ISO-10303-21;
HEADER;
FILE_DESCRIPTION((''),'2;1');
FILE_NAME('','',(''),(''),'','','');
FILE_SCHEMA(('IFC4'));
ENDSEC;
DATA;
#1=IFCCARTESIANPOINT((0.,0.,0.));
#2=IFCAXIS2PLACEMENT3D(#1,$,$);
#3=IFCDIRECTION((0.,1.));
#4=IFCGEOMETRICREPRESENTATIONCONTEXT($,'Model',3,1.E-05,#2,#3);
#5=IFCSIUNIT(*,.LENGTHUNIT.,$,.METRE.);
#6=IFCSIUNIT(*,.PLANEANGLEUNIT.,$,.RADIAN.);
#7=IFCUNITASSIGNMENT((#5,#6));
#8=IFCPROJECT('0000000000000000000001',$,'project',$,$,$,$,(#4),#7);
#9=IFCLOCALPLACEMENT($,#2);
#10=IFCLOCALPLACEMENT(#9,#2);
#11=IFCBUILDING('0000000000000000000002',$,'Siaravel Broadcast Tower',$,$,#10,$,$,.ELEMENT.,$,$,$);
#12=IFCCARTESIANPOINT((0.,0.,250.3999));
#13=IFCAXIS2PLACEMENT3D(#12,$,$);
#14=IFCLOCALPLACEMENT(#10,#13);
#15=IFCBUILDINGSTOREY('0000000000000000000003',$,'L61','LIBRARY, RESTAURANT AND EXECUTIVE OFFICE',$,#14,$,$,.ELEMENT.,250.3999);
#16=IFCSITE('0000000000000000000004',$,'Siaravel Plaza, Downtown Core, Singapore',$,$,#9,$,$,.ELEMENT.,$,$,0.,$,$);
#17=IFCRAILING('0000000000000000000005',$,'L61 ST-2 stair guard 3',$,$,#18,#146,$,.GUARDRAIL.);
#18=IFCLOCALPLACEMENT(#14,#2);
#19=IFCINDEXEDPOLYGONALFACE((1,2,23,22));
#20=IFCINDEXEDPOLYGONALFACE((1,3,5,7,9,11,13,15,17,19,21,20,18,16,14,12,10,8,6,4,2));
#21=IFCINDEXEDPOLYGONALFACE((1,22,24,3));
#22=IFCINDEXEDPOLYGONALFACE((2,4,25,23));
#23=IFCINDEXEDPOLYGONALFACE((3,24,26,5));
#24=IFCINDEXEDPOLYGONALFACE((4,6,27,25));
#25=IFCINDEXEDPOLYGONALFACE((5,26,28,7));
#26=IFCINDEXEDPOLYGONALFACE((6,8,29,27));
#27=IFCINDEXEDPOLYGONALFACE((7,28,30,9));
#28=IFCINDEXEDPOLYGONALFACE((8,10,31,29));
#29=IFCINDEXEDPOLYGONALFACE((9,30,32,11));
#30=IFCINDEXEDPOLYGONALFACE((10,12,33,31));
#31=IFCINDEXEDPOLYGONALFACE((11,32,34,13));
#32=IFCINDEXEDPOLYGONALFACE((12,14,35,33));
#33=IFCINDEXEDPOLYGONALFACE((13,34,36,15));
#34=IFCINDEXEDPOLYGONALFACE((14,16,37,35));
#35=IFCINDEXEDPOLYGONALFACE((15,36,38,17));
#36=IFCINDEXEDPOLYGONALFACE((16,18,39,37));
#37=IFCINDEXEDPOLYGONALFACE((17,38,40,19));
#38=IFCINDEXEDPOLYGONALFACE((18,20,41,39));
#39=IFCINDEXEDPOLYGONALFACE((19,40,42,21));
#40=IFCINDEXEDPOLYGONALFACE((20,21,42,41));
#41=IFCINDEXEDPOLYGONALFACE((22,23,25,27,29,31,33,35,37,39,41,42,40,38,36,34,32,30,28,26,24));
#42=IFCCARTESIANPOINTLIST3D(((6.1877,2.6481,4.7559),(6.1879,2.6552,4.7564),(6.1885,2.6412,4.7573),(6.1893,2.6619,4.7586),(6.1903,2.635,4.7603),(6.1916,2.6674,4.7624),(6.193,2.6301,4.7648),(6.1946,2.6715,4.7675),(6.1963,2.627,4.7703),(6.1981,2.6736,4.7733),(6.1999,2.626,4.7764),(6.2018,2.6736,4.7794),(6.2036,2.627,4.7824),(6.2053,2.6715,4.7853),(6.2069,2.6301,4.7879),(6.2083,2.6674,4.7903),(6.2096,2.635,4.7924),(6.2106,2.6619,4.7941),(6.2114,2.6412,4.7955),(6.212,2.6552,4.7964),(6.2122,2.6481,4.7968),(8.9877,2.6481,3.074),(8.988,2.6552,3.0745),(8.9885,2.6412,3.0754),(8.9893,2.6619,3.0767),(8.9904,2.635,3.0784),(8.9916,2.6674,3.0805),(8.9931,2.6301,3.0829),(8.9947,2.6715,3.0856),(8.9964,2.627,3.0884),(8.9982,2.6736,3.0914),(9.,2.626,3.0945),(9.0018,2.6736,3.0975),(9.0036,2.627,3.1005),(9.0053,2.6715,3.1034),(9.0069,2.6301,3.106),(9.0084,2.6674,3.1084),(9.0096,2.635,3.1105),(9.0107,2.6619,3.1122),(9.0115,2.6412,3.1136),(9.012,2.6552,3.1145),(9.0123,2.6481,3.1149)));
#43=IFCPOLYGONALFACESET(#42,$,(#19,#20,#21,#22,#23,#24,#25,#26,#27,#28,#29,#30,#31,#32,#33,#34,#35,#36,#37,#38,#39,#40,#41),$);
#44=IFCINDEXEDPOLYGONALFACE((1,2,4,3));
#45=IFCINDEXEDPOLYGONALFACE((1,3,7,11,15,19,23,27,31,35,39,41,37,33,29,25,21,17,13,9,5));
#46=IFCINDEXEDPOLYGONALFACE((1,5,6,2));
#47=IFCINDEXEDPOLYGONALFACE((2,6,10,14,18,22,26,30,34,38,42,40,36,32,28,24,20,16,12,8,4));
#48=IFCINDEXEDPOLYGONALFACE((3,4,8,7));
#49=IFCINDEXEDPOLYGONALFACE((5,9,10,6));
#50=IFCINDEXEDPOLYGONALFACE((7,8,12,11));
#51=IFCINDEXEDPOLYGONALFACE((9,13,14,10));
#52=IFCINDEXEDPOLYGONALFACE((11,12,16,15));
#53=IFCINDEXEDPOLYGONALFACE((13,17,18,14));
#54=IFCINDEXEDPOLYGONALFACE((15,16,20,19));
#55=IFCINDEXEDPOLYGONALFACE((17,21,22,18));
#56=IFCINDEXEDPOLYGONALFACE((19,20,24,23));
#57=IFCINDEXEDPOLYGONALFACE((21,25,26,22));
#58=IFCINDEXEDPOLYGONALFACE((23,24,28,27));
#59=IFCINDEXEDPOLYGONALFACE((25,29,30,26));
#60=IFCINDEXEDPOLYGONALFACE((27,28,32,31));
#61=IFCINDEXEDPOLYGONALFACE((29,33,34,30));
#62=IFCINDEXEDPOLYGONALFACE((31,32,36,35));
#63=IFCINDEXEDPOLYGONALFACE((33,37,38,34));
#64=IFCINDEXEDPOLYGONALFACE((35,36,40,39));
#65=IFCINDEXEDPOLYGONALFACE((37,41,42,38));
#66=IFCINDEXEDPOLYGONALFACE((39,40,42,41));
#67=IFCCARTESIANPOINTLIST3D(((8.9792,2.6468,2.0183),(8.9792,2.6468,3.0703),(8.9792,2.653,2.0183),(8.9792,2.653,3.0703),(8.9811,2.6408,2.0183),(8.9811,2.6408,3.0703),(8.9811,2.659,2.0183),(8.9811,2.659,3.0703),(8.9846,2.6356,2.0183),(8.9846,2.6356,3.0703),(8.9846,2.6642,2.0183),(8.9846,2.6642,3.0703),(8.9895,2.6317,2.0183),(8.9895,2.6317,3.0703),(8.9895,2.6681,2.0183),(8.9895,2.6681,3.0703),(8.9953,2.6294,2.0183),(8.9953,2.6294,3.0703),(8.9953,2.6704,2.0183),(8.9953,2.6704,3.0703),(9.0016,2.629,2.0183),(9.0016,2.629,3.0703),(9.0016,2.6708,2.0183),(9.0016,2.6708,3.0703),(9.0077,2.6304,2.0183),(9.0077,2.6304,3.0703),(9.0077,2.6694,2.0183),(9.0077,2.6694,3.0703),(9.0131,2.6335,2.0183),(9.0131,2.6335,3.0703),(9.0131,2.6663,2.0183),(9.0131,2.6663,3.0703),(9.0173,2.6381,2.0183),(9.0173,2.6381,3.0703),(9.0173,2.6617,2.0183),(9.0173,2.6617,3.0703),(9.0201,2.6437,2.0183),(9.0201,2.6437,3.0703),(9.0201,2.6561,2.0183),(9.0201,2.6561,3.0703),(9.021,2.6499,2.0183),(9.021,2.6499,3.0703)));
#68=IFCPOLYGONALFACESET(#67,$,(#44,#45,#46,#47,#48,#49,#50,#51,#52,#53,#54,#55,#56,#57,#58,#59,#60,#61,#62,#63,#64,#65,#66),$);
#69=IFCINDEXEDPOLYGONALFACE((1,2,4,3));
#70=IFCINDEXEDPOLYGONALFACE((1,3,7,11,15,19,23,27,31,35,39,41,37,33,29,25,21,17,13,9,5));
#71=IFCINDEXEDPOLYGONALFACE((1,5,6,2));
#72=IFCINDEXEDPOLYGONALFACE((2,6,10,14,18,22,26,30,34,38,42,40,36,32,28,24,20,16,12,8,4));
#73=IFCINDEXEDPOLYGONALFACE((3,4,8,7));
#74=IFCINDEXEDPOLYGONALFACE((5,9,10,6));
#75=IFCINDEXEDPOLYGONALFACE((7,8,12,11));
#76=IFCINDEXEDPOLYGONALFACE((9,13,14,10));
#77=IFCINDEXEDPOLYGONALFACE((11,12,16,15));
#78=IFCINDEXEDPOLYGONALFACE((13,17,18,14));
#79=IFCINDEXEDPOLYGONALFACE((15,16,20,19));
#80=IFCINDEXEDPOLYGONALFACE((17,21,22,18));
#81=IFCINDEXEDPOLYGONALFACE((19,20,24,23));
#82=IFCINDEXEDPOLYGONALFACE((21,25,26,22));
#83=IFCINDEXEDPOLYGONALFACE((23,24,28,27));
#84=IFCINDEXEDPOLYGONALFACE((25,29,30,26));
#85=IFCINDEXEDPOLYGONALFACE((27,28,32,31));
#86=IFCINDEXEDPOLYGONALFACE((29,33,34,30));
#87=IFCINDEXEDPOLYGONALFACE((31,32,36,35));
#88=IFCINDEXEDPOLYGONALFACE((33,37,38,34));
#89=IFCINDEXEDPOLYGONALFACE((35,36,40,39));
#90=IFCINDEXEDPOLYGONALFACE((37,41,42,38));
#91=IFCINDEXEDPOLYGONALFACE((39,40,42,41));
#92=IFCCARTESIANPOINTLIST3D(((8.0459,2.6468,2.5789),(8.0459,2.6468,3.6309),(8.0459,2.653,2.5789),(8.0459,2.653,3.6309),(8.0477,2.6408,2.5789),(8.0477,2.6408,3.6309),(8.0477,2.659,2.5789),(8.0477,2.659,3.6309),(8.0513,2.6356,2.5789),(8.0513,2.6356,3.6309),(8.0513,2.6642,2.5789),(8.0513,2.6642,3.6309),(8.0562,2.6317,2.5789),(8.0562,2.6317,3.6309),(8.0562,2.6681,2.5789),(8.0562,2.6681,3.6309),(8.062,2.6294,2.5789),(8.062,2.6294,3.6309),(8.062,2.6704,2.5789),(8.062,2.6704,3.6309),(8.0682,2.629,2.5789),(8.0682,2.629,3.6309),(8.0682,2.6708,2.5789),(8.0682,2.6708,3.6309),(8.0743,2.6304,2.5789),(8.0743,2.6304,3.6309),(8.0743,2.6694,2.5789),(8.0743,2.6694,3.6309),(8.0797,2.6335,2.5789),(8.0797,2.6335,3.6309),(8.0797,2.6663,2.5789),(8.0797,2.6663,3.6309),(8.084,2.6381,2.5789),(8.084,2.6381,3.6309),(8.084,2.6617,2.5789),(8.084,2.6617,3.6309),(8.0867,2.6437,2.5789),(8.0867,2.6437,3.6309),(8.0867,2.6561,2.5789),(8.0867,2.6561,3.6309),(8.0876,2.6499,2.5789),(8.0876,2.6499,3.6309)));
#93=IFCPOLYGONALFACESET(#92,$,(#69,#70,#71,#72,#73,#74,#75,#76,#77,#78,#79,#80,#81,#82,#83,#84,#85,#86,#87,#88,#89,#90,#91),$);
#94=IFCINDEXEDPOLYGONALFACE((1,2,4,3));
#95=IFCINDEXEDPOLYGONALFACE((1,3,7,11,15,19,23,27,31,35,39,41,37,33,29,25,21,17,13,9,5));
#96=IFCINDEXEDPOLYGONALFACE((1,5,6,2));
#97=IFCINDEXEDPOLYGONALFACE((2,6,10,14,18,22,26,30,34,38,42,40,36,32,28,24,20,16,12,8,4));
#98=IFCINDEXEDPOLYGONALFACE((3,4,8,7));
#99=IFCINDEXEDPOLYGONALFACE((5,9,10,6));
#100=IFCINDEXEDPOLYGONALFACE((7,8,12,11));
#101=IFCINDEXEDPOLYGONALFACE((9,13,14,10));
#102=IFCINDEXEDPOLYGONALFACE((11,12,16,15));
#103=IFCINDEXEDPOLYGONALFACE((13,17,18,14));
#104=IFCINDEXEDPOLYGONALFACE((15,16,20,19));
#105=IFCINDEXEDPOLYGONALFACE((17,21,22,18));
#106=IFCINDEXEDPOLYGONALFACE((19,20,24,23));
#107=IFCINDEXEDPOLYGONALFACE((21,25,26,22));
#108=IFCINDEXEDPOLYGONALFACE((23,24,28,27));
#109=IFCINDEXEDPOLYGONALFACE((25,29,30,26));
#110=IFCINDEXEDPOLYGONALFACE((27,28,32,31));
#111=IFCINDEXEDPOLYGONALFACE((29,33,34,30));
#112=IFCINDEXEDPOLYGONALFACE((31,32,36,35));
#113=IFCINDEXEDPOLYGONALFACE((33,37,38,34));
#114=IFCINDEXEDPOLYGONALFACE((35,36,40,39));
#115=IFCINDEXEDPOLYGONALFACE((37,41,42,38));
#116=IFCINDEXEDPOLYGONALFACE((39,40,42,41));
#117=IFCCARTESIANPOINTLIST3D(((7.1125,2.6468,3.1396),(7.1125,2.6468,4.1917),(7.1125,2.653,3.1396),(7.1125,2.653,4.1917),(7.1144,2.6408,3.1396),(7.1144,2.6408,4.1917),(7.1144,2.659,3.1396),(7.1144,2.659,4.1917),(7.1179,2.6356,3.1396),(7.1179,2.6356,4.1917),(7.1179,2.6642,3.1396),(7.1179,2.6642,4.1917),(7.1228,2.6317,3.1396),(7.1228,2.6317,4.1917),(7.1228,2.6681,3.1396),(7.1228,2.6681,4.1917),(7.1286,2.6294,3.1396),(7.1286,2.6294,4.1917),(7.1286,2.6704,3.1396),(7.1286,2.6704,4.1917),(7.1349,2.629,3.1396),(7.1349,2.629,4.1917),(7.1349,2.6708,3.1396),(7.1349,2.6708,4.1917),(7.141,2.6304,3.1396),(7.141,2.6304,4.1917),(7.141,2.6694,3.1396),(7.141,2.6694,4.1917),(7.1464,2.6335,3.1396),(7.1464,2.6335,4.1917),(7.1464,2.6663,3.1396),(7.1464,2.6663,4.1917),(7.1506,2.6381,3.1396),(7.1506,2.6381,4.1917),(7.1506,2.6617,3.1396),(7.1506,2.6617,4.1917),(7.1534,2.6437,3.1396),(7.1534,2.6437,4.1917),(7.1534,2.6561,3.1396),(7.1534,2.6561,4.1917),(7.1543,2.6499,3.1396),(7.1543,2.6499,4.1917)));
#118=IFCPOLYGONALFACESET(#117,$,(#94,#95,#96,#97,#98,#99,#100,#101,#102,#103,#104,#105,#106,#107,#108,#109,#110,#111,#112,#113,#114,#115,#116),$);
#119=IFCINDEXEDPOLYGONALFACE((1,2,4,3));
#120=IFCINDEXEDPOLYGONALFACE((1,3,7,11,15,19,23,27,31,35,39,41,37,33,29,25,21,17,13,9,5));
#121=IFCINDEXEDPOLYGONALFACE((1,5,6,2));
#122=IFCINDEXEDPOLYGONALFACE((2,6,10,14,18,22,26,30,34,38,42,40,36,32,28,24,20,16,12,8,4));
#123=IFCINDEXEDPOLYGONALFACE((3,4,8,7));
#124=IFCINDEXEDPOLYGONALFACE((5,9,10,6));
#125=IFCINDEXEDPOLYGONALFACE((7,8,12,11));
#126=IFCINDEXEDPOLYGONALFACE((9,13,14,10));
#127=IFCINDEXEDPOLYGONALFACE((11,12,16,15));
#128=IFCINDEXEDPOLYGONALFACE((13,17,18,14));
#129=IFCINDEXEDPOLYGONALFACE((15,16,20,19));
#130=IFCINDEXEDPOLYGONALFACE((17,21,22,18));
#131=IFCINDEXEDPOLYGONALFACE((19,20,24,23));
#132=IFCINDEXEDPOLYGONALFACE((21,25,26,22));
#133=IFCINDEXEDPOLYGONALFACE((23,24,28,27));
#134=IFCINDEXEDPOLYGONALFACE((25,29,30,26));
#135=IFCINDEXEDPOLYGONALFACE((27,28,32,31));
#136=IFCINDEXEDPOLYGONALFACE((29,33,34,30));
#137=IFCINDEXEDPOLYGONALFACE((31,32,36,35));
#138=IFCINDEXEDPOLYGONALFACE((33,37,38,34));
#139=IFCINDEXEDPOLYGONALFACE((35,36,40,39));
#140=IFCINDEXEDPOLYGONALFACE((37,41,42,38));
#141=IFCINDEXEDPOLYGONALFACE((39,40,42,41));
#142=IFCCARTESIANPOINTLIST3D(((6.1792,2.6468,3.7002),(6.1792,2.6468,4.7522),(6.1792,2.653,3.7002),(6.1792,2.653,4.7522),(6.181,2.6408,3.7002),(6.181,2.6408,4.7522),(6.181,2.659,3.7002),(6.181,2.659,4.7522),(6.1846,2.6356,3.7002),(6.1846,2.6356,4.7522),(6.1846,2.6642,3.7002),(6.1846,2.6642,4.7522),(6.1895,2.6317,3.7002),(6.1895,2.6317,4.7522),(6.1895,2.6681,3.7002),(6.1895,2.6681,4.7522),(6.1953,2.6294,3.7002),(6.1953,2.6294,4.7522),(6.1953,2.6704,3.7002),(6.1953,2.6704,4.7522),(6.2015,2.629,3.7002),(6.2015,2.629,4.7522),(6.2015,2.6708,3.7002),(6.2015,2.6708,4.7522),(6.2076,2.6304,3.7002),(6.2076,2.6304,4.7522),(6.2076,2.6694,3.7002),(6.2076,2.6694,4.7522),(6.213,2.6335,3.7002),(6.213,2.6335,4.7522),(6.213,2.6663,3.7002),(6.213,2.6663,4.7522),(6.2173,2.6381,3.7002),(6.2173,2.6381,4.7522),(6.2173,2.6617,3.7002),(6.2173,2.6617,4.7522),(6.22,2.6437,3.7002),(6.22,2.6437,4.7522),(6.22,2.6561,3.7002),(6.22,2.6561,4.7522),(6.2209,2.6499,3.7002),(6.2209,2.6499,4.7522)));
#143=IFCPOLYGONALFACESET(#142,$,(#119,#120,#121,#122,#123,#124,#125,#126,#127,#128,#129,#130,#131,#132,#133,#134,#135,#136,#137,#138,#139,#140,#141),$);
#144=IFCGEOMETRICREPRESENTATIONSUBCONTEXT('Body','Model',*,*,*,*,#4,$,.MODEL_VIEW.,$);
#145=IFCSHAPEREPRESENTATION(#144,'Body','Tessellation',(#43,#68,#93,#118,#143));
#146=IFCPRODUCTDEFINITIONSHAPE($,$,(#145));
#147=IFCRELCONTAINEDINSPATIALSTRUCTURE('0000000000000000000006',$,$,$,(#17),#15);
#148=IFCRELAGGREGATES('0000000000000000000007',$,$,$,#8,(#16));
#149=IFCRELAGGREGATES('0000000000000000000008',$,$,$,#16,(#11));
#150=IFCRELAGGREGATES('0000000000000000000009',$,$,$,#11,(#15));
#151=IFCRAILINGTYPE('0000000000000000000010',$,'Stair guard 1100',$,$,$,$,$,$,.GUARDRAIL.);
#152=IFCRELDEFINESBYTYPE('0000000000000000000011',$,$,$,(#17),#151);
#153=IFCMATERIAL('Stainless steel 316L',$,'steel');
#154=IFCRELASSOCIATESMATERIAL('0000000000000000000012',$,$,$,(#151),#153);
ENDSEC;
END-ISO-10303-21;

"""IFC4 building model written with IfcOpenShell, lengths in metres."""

from ifc_helpers import new_model, si_unit, direction, frame, origin, origin_2d, place, context, subcontext, project, spatial, circle, extrude, material, type_object, element, save


model = new_model("IFC4")

# Units and contexts
model_context = context("Model", 3, precision=1e-05, world=origin(), true_north=direction((0.0, 1.0)))
body_context = subcontext(model_context, "Body", "Model", "MODEL_VIEW")
ifc_project = project(units=[si_unit("LENGTHUNIT", "METRE"), si_unit("PLANEANGLEUNIT", "RADIAN")], contexts=[model_context])

# Site, building, storey
site_placement = place(None, origin())
site = spatial("IfcSite", under=ifc_project, at=site_placement, Name="Siaravel Plaza, Downtown Core, Singapore", CompositionType="ELEMENT", RefElevation=0.0)
building_placement = place(site_placement, origin())
building = spatial("IfcBuilding", under=site, at=building_placement, Name="Siaravel Broadcast Tower", CompositionType="ELEMENT")
storey_placement = place(building_placement, frame((0.0, 0.0, 250.3999)))
storey = spatial("IfcBuildingStorey", under=building, at=storey_placement, Name="L61", Description="LIBRARY, RESTAURANT AND EXECUTIVE OFFICE", CompositionType="ELEMENT", Elevation=250.3999)

# Railing
ifc_material_1 = material(Name="Stainless steel 316L", Category="steel")
railing_type_1 = type_object("IfcRailingType", Name="Stair guard 1100", PredefinedType="GUARDRAIL", material=ifc_material_1)
railing_1_placement = place(storey_placement, frame((9.0, 2.6499, 2.0183)))
element("IfcRailing", 1, at=railing_1_placement, inside=storey, type_object=railing_type_1, Name="L61 ST-2 stair guard 3", PredefinedType="GUARDRAIL", context=body_context, shape_type="SweptSolid", body=[
    extrude(circle(Radius=0.0239, at=origin_2d()), frame((0.0, 0.0, 1.0762), z_axis=(-0.857242, 0.0, 0.514913), x_axis=(0.0, -1.0, 0.0)), (0.0, 0.0, 1.0), 3.2664),
    extrude(circle(Radius=0.021, at=origin_2d()), origin(), (0.0, 0.0, 1.0), 1.052),
    extrude(circle(Radius=0.021, at=origin_2d()), frame((-0.9333, 0.0, 0.5605)), (0.0, 0.0, 1.0), 1.052),
    extrude(circle(Radius=0.021, at=origin_2d()), frame((-1.8667, 0.0, 1.1213)), (0.0, 0.0, 1.0), 1.052),
    extrude(circle(Radius=0.021, at=origin_2d()), frame((-2.8, 0.0, 1.6819)), (0.0, 0.0, 1.0), 1.052),
])

save(model, "model.ifc")
